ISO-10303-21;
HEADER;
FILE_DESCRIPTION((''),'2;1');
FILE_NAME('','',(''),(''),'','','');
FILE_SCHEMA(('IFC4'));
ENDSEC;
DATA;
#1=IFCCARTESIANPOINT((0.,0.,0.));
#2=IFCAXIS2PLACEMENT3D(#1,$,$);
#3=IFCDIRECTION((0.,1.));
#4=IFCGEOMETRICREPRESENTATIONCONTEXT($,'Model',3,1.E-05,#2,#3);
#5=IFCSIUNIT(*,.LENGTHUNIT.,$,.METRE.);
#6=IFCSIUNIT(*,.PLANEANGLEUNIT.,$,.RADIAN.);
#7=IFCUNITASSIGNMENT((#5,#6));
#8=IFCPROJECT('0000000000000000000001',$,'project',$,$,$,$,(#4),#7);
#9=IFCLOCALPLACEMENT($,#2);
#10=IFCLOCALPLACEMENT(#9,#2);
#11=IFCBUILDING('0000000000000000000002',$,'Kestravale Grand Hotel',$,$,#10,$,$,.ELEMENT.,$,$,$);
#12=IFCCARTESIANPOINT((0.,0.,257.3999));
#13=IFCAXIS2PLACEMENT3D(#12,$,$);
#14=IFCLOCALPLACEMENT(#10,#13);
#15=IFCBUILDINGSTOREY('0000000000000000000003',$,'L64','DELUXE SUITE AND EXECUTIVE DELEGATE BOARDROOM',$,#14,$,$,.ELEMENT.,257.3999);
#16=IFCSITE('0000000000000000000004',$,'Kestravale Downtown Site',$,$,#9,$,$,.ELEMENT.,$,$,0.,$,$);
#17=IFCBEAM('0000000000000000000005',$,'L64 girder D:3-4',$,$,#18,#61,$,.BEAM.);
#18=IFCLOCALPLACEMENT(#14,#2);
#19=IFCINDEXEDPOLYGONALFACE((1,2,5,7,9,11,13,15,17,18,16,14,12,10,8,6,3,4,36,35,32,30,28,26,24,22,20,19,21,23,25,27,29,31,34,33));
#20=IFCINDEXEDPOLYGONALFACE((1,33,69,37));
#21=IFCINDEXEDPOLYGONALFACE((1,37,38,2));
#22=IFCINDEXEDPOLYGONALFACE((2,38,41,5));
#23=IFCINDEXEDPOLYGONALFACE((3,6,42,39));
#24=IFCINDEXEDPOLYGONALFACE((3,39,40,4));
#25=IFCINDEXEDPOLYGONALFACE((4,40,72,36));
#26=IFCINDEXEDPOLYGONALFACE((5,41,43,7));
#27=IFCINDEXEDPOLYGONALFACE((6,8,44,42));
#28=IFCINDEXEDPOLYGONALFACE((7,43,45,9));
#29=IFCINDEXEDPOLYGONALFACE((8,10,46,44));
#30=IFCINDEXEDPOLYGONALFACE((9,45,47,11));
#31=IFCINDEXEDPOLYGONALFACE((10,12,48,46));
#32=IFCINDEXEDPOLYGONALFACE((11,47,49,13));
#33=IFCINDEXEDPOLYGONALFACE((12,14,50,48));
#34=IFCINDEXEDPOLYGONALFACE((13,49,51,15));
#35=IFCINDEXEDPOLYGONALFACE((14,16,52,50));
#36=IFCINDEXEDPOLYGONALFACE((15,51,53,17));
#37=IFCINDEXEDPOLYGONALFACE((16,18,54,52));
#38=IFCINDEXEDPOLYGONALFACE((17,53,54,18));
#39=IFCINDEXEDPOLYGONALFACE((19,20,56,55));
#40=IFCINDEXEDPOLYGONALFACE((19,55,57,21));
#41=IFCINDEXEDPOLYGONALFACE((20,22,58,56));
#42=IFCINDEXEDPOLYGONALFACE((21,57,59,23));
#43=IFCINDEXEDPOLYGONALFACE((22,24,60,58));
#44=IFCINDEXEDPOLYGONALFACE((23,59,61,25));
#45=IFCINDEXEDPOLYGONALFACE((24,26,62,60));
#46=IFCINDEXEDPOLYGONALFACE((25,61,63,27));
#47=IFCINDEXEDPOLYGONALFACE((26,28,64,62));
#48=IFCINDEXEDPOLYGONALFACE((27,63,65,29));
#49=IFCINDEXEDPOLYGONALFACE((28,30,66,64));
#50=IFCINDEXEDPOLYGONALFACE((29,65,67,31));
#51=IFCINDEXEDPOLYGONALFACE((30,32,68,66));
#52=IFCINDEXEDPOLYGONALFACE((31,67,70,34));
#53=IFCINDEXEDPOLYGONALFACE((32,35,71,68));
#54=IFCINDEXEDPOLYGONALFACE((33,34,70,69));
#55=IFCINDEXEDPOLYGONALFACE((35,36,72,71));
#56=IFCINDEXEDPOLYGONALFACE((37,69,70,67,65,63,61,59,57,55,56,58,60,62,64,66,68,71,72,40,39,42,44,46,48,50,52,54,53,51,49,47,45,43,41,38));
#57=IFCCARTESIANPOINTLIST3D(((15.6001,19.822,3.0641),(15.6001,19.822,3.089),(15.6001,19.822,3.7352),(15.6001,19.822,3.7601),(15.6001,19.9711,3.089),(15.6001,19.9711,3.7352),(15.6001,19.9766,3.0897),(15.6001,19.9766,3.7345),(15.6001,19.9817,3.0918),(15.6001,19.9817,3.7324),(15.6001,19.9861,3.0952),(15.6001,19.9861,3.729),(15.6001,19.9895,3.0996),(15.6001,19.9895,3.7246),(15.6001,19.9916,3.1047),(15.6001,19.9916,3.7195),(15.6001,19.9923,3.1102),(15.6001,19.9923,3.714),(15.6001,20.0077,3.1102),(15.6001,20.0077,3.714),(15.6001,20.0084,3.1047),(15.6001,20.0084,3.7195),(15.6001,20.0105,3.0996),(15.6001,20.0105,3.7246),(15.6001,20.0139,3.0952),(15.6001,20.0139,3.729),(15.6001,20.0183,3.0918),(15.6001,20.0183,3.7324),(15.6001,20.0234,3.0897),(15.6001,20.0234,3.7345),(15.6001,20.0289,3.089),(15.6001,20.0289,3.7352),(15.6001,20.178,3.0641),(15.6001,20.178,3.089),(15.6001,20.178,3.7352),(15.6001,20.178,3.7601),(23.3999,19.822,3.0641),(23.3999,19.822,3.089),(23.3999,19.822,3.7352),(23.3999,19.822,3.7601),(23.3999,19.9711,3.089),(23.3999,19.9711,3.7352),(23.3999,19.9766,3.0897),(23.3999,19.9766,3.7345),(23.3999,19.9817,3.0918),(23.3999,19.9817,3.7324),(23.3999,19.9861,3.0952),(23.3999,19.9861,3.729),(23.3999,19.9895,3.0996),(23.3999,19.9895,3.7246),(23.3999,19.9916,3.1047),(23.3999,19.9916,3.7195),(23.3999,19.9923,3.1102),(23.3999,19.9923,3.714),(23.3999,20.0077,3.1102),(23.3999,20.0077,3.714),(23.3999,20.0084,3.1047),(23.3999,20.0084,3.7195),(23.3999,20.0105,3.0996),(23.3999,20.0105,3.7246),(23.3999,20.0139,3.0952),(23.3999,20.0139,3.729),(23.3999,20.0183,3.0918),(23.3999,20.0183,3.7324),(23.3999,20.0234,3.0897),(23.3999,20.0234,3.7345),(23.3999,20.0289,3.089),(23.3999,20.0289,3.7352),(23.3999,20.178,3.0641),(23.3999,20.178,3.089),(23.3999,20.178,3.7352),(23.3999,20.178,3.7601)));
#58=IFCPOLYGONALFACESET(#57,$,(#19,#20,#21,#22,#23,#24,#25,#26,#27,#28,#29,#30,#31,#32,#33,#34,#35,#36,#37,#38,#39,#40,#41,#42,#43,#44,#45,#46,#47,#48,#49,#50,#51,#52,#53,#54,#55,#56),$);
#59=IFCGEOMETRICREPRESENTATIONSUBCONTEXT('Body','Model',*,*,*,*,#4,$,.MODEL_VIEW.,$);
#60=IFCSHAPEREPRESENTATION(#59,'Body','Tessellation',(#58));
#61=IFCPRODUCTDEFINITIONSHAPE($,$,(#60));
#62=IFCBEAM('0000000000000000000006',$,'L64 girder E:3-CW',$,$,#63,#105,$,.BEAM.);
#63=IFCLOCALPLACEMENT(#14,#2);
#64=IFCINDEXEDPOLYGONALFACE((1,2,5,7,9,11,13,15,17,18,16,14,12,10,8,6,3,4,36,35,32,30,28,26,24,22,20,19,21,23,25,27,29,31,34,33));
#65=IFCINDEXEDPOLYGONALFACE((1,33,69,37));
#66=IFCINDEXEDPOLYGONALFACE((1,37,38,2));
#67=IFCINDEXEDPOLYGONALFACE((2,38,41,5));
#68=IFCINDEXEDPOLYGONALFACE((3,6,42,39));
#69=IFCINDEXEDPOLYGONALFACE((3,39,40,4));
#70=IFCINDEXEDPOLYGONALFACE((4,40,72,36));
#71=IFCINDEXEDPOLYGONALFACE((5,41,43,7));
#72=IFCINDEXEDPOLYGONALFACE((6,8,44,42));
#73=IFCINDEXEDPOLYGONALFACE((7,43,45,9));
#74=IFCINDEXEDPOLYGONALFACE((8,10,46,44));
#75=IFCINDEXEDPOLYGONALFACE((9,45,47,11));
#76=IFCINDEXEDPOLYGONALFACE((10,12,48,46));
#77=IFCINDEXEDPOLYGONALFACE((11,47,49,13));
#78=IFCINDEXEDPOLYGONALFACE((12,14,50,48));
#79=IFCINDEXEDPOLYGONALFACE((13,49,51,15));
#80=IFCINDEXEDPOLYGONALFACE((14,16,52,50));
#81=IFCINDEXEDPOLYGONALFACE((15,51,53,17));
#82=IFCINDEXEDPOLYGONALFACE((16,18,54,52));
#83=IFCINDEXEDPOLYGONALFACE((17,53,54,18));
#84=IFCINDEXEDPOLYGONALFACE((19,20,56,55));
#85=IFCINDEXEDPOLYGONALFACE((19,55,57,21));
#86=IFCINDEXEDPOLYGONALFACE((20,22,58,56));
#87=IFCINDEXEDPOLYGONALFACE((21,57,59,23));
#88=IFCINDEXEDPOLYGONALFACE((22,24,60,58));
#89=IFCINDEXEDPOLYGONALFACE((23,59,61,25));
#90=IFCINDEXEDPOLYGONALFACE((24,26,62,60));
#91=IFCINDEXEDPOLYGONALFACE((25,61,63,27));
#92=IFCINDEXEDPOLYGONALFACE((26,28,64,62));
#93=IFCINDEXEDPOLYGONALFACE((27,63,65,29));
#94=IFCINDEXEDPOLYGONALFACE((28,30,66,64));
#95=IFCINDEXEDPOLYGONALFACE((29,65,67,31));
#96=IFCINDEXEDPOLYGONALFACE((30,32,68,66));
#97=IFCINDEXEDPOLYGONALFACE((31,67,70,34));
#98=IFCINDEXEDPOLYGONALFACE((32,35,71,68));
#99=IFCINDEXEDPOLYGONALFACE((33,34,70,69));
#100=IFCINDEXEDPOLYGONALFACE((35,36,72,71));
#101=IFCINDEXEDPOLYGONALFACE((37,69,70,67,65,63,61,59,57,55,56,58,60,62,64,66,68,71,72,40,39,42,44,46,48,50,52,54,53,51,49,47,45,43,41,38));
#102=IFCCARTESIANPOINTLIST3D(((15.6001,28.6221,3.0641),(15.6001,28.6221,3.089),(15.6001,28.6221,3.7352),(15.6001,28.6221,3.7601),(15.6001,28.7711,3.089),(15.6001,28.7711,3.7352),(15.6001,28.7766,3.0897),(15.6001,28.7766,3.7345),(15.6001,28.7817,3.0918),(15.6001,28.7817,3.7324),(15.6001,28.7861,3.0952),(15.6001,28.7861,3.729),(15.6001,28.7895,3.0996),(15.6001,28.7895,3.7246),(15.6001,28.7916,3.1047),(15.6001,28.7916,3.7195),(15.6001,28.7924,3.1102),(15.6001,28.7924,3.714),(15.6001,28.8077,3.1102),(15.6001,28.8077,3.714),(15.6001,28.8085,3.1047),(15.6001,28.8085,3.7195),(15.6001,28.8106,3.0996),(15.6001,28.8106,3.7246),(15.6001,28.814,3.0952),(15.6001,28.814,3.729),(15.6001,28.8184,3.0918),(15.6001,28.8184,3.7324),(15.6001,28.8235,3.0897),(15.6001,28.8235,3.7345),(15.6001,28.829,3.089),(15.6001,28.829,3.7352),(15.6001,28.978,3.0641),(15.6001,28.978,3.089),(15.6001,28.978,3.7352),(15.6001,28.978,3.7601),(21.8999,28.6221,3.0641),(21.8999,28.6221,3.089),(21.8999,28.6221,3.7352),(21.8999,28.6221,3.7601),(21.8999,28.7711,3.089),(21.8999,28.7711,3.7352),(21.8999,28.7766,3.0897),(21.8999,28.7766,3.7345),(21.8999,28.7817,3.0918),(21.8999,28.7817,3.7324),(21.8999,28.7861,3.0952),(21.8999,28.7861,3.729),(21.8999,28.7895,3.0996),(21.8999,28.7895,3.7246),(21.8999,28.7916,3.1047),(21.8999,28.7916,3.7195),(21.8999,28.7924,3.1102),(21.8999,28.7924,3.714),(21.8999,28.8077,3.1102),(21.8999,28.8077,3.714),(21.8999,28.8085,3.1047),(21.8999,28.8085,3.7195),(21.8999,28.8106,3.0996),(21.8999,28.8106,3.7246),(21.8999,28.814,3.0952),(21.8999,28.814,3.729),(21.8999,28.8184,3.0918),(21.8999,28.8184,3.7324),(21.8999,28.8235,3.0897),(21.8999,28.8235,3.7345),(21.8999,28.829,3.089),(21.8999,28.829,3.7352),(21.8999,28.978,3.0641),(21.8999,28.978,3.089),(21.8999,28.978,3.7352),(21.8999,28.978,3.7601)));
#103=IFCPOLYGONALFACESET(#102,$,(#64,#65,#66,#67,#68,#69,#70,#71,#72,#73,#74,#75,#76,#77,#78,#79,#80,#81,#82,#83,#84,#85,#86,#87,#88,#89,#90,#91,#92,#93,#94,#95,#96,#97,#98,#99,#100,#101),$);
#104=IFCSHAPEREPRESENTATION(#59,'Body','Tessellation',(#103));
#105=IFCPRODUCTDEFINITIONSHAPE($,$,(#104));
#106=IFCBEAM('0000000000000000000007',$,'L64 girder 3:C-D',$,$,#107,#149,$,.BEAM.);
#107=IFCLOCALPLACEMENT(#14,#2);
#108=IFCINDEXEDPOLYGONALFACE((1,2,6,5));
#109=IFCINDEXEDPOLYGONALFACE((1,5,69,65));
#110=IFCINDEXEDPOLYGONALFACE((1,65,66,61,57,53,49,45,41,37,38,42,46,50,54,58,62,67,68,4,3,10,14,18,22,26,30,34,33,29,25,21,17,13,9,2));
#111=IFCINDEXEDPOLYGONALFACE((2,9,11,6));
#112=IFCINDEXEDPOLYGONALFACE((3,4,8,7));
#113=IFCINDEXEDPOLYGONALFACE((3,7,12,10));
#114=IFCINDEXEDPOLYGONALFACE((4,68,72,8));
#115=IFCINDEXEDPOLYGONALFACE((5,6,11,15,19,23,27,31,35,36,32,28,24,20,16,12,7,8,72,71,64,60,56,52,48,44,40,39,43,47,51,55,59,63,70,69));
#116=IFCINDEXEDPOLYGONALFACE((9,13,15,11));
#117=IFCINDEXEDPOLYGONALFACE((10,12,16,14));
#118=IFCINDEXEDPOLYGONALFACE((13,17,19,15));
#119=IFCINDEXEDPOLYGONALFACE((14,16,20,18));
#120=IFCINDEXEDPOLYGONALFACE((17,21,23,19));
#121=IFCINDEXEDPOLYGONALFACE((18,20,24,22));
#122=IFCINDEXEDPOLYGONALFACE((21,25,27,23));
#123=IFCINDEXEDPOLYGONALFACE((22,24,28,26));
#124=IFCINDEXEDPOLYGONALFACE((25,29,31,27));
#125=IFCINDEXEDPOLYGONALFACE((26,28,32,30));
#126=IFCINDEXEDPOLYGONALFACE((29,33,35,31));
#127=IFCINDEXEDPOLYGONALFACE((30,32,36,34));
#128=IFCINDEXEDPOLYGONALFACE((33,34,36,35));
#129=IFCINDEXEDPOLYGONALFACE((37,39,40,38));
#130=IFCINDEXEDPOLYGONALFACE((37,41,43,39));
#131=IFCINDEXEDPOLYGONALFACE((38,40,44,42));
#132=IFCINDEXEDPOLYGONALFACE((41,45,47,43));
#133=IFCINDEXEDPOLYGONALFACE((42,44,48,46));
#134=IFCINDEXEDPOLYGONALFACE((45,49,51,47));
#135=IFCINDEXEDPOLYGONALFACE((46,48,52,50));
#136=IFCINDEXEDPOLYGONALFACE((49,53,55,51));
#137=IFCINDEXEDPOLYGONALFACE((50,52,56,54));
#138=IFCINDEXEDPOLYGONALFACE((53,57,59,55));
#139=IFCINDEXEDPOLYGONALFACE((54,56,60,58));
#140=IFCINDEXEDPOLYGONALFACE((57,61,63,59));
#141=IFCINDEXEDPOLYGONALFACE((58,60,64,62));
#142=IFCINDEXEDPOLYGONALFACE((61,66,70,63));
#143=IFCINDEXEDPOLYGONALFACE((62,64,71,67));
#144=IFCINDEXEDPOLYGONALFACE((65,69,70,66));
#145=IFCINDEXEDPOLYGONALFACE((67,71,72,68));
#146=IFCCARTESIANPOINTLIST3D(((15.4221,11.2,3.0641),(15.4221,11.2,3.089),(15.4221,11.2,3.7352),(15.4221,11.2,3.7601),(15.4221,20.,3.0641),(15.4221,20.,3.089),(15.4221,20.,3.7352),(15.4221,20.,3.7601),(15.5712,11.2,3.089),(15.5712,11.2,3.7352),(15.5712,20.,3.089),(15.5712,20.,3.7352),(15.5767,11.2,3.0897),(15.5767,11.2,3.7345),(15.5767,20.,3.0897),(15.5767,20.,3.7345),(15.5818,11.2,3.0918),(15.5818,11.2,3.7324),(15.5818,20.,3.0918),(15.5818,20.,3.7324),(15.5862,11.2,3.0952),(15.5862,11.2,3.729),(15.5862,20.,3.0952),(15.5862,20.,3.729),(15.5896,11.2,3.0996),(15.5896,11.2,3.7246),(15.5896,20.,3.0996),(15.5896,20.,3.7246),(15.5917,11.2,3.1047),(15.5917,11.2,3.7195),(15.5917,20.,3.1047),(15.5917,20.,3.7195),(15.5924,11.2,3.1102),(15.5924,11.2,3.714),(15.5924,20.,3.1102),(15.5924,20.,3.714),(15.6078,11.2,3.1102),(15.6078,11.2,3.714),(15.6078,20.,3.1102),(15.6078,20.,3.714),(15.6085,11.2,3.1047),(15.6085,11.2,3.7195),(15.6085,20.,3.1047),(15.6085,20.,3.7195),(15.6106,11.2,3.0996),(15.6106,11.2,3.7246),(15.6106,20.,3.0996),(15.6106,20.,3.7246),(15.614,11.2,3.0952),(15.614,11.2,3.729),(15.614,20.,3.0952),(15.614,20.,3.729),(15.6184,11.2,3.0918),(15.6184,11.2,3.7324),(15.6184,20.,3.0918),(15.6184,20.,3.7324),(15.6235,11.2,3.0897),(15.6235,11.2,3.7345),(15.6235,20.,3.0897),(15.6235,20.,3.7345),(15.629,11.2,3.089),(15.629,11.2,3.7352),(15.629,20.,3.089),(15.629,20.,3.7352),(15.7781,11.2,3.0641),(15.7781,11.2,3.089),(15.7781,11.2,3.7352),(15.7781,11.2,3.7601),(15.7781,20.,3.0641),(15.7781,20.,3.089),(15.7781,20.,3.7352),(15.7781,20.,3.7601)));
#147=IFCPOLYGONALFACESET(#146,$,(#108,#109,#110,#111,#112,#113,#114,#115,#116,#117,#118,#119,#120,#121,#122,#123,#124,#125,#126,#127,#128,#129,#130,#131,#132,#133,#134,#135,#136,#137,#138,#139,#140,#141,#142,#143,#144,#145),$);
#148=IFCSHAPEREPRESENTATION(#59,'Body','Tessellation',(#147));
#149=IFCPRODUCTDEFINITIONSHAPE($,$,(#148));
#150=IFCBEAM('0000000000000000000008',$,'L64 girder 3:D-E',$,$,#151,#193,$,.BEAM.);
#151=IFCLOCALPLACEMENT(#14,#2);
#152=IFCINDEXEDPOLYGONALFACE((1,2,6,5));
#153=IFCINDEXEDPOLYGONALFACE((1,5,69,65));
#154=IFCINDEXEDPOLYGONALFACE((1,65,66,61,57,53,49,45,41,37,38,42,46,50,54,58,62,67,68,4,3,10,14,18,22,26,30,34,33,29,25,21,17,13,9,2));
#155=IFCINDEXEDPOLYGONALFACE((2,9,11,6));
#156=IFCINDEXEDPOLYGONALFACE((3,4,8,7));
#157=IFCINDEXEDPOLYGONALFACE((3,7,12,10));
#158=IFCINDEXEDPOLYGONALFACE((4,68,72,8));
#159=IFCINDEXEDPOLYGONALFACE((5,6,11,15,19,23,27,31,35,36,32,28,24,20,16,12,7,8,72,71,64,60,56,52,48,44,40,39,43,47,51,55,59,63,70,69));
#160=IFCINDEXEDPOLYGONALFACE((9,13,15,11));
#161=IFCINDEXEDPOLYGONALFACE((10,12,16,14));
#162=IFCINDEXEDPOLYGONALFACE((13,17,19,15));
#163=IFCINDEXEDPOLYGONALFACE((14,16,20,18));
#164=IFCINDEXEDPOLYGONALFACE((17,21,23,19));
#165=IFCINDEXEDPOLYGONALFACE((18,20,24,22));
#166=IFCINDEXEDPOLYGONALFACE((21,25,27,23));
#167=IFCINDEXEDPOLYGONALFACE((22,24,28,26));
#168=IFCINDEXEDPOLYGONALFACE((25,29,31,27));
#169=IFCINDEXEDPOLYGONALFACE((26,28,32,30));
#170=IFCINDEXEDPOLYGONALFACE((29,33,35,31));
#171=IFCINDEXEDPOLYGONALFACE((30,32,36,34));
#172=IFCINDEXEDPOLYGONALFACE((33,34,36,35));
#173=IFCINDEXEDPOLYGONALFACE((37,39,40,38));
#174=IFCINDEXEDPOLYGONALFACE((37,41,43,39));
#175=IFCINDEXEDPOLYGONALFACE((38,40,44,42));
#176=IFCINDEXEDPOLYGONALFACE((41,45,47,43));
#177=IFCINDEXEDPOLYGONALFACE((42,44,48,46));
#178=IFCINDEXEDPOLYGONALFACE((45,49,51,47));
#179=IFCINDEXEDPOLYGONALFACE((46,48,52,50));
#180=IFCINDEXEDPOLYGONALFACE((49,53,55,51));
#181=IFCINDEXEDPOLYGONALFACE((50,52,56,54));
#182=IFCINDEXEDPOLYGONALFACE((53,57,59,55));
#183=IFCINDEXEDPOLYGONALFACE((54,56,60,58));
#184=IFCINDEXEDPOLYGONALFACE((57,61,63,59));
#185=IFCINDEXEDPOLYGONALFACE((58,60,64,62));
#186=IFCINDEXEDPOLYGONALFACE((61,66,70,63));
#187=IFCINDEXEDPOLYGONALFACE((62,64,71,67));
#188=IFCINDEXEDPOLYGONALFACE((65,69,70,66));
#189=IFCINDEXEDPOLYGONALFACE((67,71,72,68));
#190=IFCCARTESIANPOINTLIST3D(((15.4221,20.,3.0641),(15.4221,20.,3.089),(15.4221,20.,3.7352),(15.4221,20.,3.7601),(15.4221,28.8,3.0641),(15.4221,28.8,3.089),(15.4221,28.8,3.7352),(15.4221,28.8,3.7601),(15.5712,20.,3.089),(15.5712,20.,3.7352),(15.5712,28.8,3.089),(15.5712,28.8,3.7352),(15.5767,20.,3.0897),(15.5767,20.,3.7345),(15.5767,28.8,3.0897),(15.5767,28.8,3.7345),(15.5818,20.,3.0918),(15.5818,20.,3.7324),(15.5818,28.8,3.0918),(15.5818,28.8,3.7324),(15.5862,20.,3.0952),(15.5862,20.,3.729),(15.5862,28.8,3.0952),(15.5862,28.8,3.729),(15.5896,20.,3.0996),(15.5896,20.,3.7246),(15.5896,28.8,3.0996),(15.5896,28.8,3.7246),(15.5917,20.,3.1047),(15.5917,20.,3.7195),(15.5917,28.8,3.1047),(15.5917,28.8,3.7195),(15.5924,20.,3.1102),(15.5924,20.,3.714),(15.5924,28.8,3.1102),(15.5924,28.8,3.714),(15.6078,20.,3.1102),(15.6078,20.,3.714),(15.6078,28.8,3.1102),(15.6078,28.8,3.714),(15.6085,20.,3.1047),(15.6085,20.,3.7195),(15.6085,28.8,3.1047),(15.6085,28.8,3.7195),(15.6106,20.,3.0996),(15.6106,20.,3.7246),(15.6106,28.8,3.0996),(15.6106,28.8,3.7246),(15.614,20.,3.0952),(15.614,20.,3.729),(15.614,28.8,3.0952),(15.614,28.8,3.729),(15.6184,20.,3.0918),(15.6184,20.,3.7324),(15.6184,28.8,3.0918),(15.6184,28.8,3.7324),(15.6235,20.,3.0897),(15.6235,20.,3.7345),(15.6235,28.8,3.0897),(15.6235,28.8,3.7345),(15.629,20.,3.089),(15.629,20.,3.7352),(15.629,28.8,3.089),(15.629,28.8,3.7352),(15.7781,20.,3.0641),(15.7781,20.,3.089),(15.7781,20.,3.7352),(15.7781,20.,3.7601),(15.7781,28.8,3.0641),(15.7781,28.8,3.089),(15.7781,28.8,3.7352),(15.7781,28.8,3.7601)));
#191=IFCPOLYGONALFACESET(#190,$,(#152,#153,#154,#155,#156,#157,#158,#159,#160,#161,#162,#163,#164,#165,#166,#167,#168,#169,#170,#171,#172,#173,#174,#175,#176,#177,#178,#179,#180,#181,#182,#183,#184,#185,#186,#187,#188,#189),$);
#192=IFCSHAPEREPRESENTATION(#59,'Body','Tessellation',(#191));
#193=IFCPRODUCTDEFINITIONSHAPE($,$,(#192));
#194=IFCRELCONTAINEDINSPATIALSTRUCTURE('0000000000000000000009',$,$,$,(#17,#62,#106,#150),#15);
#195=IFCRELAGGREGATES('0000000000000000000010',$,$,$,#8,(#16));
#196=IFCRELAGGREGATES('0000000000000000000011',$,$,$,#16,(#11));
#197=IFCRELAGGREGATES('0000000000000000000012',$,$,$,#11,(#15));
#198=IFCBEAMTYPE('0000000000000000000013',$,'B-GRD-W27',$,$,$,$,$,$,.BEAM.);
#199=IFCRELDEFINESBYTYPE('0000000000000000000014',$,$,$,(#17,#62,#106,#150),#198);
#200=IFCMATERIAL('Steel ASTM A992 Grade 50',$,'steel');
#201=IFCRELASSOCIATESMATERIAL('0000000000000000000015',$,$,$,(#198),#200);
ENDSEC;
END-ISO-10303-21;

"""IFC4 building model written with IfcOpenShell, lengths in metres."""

from ifc_helpers import new_model, si_unit, direction, frame, origin, origin_2d, place, context, subcontext, project, spatial, i_section, extrude, material, material_profile, profile_set, type_object, element, save


model = new_model("IFC4")

# Units and contexts
model_context = context("Model", 3, precision=1e-05, world=origin(), true_north=direction((0.0, 1.0)))
body_context = subcontext(model_context, "Body", "Model", "MODEL_VIEW")
ifc_project = project(units=[si_unit("LENGTHUNIT", "METRE"), si_unit("PLANEANGLEUNIT", "RADIAN")], contexts=[model_context])

# Site, building, storey
site_placement = place(None, origin())
site = spatial("IfcSite", under=ifc_project, at=site_placement, Name="Kestravale Downtown Site", CompositionType="ELEMENT", RefElevation=0.0)
building_placement = place(site_placement, origin())
building = spatial("IfcBuilding", under=site, at=building_placement, Name="Kestravale Grand Hotel", CompositionType="ELEMENT")
storey_placement = place(building_placement, frame((0.0, 0.0, 257.3999)))
storey = spatial("IfcBuildingStorey", under=building, at=storey_placement, Name="L64", Description="DELUXE SUITE AND EXECUTIVE DELEGATE BOARDROOM", CompositionType="ELEMENT", Elevation=257.3999)

# Beams
ifc_material_1 = material(Name="Steel ASTM A992 Grade 50", Category="steel")
ifc_material_profile_1 = material_profile(ifc_material_1, i_section(OverallWidth=0.356, OverallDepth=0.696, WebThickness=0.0154, FlangeThickness=0.0249, FilletRadius=0.0212, at=origin_2d()))
ifc_profile_set_1 = profile_set([ifc_material_profile_1], Name="Steel ASTM A992 Grade 50")
beam_type_1 = type_object("IfcBeamType", Name="B-GRD-W27", PredefinedType="BEAM", material=ifc_profile_set_1)
for number, where, z_axis, x_axis, name in (
    (1, (15.6001, 20.0, 3.4121), (1.0, 0.0, 0.0), (0.0, 1.0, 0.0), "L64 girder D:3-4"),
):
    element("IfcBeam", number, at=place(storey_placement, frame(where, z_axis=z_axis, x_axis=x_axis)), inside=storey, type_object=beam_type_1, Name=name, PredefinedType="BEAM", context=body_context, shape_type="SweptSolid", body=[
        extrude(i_section(OverallWidth=0.356, OverallDepth=0.696, WebThickness=0.0154, FlangeThickness=0.0249, FilletRadius=0.0212, at=origin_2d()), origin(), (0.0, 0.0, 1.0), 7.7998),
    ])
beam_1_placement = place(storey_placement, frame((15.6001, 28.8, 3.4121), z_axis=(1.0, 0.0, 0.0), x_axis=(0.0, 1.0, 0.0)))
element("IfcBeam", 2, at=beam_1_placement, inside=storey, type_object=beam_type_1, Name="L64 girder E:3-CW", PredefinedType="BEAM", context=body_context, shape_type="SweptSolid", body=[
    extrude(i_section(OverallWidth=0.356, OverallDepth=0.696, WebThickness=0.0154, FlangeThickness=0.0249, FilletRadius=0.0212, at=origin_2d()), origin(), (0.0, 0.0, 1.0), 6.2998),
])
for number, where, z_axis, x_axis, name in (
    (3, (15.6001, 11.2, 3.4121), (0.0, 1.0, 0.0), (-1.0, 0.0, 0.0), "L64 girder 3:C-D"),
    (4, (15.6001, 20.0, 3.4121), (0.0, 1.0, 0.0), (-1.0, 0.0, 0.0), "L64 girder 3:D-E"),
):
    element("IfcBeam", number, at=place(storey_placement, frame(where, z_axis=z_axis, x_axis=x_axis)), inside=storey, type_object=beam_type_1, Name=name, PredefinedType="BEAM", context=body_context, shape_type="SweptSolid", body=[
        extrude(i_section(OverallWidth=0.356, OverallDepth=0.696, WebThickness=0.0154, FlangeThickness=0.0249, FilletRadius=0.0212, at=origin_2d()), origin(), (0.0, 0.0, 1.0), 8.8),
    ])

save(model, "model.ifc")
